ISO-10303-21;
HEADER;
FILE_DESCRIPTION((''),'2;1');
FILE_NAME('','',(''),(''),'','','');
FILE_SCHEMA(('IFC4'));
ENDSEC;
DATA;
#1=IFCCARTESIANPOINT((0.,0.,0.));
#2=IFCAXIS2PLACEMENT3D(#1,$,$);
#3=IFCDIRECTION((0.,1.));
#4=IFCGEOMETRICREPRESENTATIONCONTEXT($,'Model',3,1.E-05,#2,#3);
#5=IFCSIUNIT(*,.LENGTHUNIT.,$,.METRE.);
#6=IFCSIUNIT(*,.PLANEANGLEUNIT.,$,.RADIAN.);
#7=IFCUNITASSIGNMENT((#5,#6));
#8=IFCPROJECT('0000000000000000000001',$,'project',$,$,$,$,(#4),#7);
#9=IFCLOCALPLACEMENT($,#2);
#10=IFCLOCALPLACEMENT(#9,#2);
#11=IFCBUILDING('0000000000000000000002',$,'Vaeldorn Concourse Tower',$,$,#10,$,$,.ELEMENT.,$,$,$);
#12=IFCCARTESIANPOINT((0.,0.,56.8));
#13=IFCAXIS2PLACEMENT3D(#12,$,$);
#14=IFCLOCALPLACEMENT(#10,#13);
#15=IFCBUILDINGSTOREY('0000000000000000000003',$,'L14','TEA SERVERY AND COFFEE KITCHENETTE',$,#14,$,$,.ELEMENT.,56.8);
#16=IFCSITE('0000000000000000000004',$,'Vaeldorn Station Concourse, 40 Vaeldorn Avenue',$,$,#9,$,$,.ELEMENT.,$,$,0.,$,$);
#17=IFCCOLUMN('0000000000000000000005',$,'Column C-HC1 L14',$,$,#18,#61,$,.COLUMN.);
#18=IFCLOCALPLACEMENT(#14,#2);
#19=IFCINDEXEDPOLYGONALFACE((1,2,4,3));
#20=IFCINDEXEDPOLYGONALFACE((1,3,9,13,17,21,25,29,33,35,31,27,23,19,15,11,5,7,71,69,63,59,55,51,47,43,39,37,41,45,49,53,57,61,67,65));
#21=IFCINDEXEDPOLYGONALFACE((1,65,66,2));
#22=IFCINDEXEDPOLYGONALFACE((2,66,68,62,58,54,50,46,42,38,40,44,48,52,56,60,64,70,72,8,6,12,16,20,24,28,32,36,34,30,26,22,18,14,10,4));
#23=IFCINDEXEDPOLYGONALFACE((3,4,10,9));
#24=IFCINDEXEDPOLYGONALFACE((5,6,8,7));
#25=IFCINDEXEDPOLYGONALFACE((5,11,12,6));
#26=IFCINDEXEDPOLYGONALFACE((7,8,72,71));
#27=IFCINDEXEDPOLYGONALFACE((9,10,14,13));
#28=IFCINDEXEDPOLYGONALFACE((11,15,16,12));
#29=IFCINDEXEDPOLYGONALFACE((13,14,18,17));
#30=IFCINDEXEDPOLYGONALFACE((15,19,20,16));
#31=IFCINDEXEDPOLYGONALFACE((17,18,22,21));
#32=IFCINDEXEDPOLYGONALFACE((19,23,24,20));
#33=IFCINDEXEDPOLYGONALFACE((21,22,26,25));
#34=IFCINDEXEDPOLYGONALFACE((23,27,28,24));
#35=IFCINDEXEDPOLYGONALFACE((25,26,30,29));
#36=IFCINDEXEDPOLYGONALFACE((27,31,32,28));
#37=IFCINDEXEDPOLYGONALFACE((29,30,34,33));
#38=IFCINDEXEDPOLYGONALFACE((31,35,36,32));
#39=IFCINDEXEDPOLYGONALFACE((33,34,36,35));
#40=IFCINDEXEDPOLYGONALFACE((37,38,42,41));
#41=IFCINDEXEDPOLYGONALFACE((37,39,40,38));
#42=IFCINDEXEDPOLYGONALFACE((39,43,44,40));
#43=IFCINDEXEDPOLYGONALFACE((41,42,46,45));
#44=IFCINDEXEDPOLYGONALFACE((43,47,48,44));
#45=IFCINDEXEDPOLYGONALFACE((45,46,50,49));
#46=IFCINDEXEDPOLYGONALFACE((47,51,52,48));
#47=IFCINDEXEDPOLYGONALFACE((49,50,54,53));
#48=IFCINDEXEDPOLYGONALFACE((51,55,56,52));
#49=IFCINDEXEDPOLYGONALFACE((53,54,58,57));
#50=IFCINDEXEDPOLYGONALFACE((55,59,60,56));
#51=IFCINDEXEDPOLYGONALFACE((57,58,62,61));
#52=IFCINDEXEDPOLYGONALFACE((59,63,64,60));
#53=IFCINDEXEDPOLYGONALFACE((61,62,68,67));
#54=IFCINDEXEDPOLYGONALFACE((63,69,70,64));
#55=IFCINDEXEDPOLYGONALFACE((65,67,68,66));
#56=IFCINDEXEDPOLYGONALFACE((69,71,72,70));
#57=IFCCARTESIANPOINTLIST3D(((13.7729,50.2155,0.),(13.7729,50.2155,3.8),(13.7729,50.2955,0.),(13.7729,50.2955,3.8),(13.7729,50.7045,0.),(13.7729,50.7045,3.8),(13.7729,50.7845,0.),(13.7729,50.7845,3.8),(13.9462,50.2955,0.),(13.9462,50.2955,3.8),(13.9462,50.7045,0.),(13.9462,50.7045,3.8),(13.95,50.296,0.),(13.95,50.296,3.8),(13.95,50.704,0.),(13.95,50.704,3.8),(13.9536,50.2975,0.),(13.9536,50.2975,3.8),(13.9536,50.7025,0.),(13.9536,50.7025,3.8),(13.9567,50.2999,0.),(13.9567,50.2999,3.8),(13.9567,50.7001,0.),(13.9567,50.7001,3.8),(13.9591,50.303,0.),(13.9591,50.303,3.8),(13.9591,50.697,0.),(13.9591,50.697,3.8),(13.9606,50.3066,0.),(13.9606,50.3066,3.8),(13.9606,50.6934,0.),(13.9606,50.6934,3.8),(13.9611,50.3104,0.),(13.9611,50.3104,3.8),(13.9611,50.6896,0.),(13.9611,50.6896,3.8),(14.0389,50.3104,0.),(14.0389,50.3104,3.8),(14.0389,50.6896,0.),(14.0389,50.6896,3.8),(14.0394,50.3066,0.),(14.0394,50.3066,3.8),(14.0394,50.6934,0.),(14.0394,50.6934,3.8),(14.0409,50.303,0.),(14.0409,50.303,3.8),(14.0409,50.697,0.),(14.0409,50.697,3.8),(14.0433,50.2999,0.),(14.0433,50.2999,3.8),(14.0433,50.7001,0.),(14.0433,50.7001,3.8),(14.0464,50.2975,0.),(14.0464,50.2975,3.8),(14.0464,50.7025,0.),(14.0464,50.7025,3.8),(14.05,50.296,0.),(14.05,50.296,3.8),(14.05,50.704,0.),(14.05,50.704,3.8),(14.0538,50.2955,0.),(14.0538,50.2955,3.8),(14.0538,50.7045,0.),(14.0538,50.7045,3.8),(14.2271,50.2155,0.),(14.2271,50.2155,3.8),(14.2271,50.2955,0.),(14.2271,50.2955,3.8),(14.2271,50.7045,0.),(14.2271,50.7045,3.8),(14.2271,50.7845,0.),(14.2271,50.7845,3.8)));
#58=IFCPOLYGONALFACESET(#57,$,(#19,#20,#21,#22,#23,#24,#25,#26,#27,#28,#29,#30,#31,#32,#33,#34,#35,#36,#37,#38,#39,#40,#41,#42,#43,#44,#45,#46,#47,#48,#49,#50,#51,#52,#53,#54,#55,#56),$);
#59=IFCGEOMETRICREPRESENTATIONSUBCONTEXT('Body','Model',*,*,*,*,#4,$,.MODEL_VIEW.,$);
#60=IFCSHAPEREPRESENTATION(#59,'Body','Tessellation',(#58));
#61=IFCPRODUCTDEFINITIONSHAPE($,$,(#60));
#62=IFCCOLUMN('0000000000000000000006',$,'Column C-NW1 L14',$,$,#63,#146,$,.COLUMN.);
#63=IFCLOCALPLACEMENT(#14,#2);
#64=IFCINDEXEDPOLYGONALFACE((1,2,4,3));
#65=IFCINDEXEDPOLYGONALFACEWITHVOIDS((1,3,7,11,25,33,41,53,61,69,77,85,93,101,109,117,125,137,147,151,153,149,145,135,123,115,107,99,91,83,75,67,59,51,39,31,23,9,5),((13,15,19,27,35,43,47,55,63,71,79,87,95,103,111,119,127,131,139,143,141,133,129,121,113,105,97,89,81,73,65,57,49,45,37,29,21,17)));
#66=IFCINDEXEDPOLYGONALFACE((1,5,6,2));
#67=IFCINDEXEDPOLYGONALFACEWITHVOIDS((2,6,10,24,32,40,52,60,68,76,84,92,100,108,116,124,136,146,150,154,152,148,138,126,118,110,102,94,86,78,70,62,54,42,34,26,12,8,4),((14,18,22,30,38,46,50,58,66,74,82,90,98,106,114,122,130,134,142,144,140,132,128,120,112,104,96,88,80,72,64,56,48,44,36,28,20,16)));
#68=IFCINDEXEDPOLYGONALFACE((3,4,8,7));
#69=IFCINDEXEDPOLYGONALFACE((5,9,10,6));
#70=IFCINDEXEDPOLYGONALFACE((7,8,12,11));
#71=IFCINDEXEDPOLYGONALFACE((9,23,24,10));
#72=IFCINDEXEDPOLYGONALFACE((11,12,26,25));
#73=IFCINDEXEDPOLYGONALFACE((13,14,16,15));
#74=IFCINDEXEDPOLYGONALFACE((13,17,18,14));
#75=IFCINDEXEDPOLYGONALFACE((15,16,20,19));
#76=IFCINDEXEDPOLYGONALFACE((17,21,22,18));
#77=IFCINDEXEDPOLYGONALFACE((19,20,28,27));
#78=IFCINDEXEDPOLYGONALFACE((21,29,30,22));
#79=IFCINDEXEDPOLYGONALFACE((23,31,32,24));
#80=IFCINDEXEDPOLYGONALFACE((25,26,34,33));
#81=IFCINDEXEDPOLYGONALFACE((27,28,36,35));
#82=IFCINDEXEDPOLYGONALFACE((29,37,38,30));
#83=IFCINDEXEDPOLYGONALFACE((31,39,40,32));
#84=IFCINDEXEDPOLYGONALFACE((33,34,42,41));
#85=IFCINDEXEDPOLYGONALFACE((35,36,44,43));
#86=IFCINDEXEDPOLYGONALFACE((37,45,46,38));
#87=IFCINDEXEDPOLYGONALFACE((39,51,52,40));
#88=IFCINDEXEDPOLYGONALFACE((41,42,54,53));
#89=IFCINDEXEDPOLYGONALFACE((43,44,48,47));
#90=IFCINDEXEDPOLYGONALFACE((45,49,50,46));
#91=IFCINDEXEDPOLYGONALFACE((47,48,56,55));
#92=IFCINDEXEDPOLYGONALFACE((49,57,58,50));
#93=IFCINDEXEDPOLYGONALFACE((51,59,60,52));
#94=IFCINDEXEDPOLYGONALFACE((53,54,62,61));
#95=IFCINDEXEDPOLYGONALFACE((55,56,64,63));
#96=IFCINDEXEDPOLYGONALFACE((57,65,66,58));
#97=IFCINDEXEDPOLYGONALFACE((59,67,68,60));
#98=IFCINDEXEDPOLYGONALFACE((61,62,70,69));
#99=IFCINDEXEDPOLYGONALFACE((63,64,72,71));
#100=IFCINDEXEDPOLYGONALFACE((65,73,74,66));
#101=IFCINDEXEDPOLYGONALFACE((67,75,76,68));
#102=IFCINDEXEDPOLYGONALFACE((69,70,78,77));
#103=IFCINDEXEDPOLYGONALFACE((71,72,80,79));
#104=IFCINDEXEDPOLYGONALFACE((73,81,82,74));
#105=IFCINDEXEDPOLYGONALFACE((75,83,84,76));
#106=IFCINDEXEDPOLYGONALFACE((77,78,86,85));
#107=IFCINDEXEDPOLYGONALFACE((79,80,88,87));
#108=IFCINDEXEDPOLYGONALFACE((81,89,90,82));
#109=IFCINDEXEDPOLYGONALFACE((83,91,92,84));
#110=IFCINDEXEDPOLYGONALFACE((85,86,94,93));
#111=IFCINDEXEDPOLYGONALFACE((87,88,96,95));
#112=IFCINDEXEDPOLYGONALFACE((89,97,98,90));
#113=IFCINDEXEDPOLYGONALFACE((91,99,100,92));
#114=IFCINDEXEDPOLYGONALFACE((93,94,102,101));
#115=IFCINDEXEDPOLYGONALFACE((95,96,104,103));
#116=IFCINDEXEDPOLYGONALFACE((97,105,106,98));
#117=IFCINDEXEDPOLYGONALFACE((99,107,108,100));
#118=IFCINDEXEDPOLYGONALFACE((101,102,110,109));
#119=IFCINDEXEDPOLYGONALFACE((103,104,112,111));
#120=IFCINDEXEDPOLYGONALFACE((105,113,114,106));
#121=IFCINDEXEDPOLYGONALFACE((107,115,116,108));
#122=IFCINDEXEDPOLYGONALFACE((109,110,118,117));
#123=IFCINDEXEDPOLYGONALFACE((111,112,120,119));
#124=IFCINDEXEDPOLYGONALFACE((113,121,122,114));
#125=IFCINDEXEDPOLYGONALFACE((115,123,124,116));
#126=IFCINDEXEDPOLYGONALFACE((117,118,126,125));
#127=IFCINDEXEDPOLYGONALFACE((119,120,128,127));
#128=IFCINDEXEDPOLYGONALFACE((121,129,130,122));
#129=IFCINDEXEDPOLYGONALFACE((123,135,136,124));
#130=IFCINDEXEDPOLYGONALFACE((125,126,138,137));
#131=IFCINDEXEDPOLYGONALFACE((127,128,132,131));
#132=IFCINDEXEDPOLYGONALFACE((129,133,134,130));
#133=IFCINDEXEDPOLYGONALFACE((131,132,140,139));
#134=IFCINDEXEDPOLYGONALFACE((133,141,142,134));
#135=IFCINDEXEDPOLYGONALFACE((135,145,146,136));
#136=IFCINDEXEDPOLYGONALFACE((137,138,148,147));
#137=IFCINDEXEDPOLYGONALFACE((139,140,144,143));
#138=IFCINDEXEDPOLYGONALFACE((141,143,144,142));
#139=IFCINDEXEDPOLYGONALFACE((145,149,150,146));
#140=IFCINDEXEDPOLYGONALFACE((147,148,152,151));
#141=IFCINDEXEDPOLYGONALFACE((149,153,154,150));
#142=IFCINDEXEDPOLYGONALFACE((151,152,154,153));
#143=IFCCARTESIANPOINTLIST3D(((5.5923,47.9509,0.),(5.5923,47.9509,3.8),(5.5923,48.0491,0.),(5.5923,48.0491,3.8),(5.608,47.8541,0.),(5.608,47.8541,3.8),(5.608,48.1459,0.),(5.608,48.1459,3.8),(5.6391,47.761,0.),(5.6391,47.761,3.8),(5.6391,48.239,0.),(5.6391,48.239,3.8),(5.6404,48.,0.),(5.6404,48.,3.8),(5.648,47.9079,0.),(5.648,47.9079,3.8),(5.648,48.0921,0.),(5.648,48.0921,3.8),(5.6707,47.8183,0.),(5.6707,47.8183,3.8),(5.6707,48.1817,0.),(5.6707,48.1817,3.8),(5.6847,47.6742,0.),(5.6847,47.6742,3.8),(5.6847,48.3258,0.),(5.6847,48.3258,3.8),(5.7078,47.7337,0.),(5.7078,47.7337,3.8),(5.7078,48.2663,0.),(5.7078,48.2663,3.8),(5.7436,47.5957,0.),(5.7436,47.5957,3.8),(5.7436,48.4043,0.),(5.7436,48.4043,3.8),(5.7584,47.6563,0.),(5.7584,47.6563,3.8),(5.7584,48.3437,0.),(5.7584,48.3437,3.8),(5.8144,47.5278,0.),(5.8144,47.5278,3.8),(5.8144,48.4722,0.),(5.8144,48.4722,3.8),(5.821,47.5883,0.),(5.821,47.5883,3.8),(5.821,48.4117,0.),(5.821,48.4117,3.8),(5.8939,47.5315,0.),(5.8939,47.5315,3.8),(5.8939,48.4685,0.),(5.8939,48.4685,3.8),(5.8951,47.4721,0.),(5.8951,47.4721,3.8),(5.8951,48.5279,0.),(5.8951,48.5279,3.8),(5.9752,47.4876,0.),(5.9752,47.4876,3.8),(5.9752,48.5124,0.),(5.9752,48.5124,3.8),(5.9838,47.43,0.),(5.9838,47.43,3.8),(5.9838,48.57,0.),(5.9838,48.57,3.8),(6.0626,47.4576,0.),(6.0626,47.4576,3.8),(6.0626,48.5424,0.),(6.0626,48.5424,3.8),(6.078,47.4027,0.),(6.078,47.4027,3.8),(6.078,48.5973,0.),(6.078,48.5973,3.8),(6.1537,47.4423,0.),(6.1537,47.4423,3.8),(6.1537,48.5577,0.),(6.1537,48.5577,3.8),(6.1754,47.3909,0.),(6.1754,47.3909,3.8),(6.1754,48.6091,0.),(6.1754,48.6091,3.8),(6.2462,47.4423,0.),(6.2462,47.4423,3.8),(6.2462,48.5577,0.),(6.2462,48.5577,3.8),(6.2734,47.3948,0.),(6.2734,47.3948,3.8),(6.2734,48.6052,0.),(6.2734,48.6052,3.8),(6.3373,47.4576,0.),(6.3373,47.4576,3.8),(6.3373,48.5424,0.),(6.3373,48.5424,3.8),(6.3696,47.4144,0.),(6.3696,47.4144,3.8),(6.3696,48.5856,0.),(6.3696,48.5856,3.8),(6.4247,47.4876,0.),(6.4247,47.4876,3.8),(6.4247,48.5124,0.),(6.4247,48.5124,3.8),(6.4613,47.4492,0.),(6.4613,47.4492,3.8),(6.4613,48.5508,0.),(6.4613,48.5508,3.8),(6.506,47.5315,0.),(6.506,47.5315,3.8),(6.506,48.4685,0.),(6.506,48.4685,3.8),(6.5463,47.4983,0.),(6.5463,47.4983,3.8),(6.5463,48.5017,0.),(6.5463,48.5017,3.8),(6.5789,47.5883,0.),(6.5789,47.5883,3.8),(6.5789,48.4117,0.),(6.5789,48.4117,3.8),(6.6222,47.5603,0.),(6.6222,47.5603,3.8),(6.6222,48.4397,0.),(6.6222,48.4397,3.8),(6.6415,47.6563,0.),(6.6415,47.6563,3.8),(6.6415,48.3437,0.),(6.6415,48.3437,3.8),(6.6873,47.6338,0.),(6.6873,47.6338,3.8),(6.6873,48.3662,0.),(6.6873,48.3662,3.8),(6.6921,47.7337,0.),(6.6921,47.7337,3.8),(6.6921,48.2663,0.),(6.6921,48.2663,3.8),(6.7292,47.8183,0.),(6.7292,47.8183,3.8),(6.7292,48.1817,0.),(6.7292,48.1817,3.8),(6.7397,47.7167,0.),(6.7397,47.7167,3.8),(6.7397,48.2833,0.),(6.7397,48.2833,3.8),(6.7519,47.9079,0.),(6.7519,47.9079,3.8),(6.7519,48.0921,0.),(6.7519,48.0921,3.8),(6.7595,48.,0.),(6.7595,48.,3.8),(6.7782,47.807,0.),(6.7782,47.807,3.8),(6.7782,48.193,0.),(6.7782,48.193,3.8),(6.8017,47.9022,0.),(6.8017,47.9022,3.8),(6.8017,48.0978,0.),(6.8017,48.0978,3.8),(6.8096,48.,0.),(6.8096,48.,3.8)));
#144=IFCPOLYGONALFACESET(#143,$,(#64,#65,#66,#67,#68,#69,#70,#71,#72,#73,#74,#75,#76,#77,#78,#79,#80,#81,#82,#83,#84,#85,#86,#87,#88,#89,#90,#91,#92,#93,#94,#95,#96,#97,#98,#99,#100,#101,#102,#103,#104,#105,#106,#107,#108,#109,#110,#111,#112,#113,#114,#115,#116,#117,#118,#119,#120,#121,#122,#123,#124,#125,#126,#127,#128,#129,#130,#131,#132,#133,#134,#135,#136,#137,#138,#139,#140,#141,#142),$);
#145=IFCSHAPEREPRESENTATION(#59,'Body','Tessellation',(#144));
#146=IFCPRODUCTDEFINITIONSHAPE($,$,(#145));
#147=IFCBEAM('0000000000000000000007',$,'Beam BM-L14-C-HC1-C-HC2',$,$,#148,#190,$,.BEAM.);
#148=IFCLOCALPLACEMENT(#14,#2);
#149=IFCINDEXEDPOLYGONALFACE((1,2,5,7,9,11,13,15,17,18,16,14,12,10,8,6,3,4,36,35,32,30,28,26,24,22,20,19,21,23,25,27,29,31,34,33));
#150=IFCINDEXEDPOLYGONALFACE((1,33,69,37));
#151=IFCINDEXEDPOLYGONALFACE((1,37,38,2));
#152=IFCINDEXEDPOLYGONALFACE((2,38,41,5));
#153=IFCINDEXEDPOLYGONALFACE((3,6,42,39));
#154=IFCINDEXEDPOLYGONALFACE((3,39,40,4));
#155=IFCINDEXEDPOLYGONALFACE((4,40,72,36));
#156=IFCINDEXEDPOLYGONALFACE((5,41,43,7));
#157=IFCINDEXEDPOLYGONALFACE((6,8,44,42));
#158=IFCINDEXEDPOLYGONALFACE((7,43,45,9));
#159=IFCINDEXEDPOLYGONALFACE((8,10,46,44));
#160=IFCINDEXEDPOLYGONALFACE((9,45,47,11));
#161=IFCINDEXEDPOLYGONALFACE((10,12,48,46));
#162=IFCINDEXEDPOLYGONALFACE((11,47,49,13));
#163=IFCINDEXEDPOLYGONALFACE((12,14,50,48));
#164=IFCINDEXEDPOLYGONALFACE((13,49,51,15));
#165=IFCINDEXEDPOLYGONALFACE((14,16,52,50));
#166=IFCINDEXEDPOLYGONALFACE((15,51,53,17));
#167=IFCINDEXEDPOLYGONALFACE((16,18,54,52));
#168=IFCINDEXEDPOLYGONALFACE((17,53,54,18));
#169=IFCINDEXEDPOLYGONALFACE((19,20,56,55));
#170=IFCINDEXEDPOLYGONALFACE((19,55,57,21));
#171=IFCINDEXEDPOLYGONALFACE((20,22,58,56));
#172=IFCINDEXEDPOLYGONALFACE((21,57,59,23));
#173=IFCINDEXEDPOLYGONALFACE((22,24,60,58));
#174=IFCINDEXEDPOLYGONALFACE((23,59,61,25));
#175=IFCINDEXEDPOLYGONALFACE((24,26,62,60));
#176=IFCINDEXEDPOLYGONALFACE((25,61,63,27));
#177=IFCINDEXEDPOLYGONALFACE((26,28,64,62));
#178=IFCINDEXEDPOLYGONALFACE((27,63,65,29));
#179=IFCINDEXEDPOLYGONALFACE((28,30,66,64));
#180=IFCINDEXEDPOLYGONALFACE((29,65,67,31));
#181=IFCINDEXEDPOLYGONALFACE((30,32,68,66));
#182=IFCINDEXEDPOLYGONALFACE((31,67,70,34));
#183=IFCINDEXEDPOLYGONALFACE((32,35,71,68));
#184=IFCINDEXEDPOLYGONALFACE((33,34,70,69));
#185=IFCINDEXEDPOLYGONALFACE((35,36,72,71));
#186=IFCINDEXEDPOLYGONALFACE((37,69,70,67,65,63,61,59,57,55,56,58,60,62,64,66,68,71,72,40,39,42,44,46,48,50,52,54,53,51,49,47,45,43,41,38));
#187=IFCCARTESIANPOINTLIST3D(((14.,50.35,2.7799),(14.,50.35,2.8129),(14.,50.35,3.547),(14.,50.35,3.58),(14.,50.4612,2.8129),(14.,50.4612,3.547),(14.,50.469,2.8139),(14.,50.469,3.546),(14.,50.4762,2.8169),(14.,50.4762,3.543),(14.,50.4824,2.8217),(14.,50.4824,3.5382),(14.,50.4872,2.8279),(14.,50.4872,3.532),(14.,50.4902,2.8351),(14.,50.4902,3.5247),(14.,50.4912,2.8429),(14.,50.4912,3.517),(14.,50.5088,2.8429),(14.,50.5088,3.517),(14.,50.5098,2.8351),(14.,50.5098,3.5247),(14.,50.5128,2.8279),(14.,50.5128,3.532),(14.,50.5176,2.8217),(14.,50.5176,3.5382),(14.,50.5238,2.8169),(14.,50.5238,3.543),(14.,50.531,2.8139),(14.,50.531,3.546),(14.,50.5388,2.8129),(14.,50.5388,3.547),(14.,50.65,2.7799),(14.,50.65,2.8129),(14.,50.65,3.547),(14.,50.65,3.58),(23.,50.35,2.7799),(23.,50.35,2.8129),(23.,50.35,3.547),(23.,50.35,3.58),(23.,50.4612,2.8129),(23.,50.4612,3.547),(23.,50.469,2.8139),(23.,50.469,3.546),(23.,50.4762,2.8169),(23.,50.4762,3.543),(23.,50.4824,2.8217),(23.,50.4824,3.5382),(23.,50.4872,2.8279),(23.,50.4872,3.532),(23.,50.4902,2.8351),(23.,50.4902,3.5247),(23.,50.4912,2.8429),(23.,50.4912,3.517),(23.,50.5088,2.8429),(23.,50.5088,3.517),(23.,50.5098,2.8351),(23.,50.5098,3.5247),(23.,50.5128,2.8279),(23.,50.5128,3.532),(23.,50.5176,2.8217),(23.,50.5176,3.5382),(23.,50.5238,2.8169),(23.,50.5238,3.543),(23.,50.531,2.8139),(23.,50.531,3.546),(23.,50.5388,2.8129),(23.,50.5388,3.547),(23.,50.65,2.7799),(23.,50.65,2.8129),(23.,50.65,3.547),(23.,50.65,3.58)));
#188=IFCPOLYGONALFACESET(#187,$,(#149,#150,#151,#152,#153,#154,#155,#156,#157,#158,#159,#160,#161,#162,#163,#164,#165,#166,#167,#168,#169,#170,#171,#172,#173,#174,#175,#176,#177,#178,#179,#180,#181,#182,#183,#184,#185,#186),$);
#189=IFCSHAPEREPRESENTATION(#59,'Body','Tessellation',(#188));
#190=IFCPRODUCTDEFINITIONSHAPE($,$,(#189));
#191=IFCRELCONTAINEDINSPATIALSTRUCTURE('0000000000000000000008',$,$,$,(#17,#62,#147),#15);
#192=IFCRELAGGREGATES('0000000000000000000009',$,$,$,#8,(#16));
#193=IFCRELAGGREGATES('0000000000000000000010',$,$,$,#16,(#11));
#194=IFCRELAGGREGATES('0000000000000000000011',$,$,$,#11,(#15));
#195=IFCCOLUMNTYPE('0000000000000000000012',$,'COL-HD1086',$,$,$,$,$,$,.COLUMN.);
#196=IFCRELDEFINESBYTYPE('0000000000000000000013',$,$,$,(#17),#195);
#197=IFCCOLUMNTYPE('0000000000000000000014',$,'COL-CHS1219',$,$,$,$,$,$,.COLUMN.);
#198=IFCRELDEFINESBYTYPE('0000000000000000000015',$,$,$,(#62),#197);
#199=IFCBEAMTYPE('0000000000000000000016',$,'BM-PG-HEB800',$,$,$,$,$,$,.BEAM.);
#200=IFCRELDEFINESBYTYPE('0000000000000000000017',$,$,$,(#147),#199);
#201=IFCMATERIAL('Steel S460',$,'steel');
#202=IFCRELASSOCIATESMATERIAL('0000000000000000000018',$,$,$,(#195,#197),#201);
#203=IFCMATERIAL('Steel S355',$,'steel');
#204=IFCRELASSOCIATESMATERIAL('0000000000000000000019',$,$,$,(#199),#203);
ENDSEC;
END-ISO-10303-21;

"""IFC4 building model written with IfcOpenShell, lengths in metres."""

from ifc_helpers import new_model, si_unit, direction, frame, origin, origin_2d, place, context, subcontext, project, spatial, hollow_circle, i_section, extrude, source, transform, mapped, material, material_profile, profile_set, type_object, element, save


model = new_model("IFC4")

# Units and contexts
model_context = context("Model", 3, precision=1e-05, world=origin(), true_north=direction((0.0, 1.0)))
body_context = subcontext(model_context, "Body", "Model", "MODEL_VIEW")
ifc_project = project(units=[si_unit("LENGTHUNIT", "METRE"), si_unit("PLANEANGLEUNIT", "RADIAN")], contexts=[model_context])

# Site, building, storey
site_placement = place(None, origin())
site = spatial("IfcSite", under=ifc_project, at=site_placement, Name="Vaeldorn Station Concourse, 40 Vaeldorn Avenue", CompositionType="ELEMENT", RefElevation=0.0)
building_placement = place(site_placement, origin())
building = spatial("IfcBuilding", under=site, at=building_placement, Name="Vaeldorn Concourse Tower", CompositionType="ELEMENT")
storey_placement = place(building_placement, frame((0.0, 0.0, 56.8)))
storey = spatial("IfcBuildingStorey", under=building, at=storey_placement, Name="L14", Description="TEA SERVERY AND COFFEE KITCHENETTE", CompositionType="ELEMENT", Elevation=56.8)

# Columns
ifc_material_1 = material(Name="Steel S460", Category="steel")
ifc_material_profile_1 = material_profile(ifc_material_1, i_section(OverallWidth=0.4541, OverallDepth=0.5691, WebThickness=0.0779, FlangeThickness=0.0801, FilletRadius=0.0149, at=origin_2d()), Name="HD 400x1086")
ifc_profile_set_1 = profile_set([ifc_material_profile_1], Name="Steel S460")
column_type_1 = type_object("IfcColumnType", Name="COL-HD1086", PredefinedType="COLUMN", material=ifc_profile_set_1)
shared_shape_1 = source(origin(), body_context, "Body", "SweptSolid", [
    extrude(i_section(OverallWidth=0.4541, OverallDepth=0.5691, WebThickness=0.0779, FlangeThickness=0.0801, FilletRadius=0.0149, at=origin_2d()), origin(), (0.0, 0.0, 1.0), 3.8),
])
column_1_placement = place(storey_placement, frame((14.0, 50.5, 0.0), z_axis=(0.0, 0.0, 1.0), x_axis=(1.0, 0.0, 0.0)))
element("IfcColumn", 1, at=column_1_placement, inside=storey, type_object=column_type_1, Name="Column C-HC1 L14", PredefinedType="COLUMN", context=body_context, shape_type="MappedRepresentation", body=[
    mapped(shared_shape_1, transform((0.0, 0.0, 0.0), scale=1.0)),
])
ifc_material_profile_2 = material_profile(ifc_material_1, hollow_circle(Radius=0.6096, WallThickness=0.05, at=origin_2d()), Name="CHS 1219x50")
ifc_profile_set_2 = profile_set([ifc_material_profile_2], Name="Steel S460")
column_type_2 = type_object("IfcColumnType", Name="COL-CHS1219", PredefinedType="COLUMN", material=ifc_profile_set_2)
shared_shape_2 = source(origin(), body_context, "Body", "SweptSolid", [
    extrude(hollow_circle(Radius=0.6096, WallThickness=0.05, at=origin_2d()), origin(), (0.0, 0.0, 1.0), 3.8),
])
column_2_placement = place(storey_placement, frame((6.2, 48.0, 0.0), z_axis=(0.0, 0.0, 1.0), x_axis=(1.0, 0.0, 0.0)))
element("IfcColumn", 2, at=column_2_placement, inside=storey, type_object=column_type_2, Name="Column C-NW1 L14", PredefinedType="COLUMN", context=body_context, shape_type="MappedRepresentation", body=[
    mapped(shared_shape_2, transform((0.0, 0.0, 0.0), scale=1.0)),
])

# Beam
ifc_material_2 = material(Name="Steel S355", Category="steel")
ifc_material_profile_3 = material_profile(ifc_material_2, i_section(OverallWidth=0.3, OverallDepth=0.8, WebThickness=0.0176, FlangeThickness=0.033, FilletRadius=0.03, at=origin_2d()), Name="HEB 800")
ifc_profile_set_3 = profile_set([ifc_material_profile_3], Name="Steel S355")
beam_type_1 = type_object("IfcBeamType", Name="BM-PG-HEB800", PredefinedType="BEAM", material=ifc_profile_set_3)
shared_shape_3 = source(origin(), body_context, "Body", "SweptSolid", [
    extrude(i_section(OverallWidth=0.3, OverallDepth=0.8, WebThickness=0.0176, FlangeThickness=0.033, FilletRadius=0.03, at=origin_2d()), origin(), (0.0, 0.0, 1.0), 9.0),
])
beam_1_placement = place(storey_placement, frame((14.0, 50.5, 3.1799), z_axis=(1.0, 0.0, 0.0), x_axis=(0.0, 1.0, 0.0)))
element("IfcBeam", 3, at=beam_1_placement, inside=storey, type_object=beam_type_1, Name="Beam BM-L14-C-HC1-C-HC2", PredefinedType="BEAM", context=body_context, shape_type="MappedRepresentation", body=[
    mapped(shared_shape_3, transform((0.0, 0.0, 0.0), scale=1.0)),
])

save(model, "model.ifc")
